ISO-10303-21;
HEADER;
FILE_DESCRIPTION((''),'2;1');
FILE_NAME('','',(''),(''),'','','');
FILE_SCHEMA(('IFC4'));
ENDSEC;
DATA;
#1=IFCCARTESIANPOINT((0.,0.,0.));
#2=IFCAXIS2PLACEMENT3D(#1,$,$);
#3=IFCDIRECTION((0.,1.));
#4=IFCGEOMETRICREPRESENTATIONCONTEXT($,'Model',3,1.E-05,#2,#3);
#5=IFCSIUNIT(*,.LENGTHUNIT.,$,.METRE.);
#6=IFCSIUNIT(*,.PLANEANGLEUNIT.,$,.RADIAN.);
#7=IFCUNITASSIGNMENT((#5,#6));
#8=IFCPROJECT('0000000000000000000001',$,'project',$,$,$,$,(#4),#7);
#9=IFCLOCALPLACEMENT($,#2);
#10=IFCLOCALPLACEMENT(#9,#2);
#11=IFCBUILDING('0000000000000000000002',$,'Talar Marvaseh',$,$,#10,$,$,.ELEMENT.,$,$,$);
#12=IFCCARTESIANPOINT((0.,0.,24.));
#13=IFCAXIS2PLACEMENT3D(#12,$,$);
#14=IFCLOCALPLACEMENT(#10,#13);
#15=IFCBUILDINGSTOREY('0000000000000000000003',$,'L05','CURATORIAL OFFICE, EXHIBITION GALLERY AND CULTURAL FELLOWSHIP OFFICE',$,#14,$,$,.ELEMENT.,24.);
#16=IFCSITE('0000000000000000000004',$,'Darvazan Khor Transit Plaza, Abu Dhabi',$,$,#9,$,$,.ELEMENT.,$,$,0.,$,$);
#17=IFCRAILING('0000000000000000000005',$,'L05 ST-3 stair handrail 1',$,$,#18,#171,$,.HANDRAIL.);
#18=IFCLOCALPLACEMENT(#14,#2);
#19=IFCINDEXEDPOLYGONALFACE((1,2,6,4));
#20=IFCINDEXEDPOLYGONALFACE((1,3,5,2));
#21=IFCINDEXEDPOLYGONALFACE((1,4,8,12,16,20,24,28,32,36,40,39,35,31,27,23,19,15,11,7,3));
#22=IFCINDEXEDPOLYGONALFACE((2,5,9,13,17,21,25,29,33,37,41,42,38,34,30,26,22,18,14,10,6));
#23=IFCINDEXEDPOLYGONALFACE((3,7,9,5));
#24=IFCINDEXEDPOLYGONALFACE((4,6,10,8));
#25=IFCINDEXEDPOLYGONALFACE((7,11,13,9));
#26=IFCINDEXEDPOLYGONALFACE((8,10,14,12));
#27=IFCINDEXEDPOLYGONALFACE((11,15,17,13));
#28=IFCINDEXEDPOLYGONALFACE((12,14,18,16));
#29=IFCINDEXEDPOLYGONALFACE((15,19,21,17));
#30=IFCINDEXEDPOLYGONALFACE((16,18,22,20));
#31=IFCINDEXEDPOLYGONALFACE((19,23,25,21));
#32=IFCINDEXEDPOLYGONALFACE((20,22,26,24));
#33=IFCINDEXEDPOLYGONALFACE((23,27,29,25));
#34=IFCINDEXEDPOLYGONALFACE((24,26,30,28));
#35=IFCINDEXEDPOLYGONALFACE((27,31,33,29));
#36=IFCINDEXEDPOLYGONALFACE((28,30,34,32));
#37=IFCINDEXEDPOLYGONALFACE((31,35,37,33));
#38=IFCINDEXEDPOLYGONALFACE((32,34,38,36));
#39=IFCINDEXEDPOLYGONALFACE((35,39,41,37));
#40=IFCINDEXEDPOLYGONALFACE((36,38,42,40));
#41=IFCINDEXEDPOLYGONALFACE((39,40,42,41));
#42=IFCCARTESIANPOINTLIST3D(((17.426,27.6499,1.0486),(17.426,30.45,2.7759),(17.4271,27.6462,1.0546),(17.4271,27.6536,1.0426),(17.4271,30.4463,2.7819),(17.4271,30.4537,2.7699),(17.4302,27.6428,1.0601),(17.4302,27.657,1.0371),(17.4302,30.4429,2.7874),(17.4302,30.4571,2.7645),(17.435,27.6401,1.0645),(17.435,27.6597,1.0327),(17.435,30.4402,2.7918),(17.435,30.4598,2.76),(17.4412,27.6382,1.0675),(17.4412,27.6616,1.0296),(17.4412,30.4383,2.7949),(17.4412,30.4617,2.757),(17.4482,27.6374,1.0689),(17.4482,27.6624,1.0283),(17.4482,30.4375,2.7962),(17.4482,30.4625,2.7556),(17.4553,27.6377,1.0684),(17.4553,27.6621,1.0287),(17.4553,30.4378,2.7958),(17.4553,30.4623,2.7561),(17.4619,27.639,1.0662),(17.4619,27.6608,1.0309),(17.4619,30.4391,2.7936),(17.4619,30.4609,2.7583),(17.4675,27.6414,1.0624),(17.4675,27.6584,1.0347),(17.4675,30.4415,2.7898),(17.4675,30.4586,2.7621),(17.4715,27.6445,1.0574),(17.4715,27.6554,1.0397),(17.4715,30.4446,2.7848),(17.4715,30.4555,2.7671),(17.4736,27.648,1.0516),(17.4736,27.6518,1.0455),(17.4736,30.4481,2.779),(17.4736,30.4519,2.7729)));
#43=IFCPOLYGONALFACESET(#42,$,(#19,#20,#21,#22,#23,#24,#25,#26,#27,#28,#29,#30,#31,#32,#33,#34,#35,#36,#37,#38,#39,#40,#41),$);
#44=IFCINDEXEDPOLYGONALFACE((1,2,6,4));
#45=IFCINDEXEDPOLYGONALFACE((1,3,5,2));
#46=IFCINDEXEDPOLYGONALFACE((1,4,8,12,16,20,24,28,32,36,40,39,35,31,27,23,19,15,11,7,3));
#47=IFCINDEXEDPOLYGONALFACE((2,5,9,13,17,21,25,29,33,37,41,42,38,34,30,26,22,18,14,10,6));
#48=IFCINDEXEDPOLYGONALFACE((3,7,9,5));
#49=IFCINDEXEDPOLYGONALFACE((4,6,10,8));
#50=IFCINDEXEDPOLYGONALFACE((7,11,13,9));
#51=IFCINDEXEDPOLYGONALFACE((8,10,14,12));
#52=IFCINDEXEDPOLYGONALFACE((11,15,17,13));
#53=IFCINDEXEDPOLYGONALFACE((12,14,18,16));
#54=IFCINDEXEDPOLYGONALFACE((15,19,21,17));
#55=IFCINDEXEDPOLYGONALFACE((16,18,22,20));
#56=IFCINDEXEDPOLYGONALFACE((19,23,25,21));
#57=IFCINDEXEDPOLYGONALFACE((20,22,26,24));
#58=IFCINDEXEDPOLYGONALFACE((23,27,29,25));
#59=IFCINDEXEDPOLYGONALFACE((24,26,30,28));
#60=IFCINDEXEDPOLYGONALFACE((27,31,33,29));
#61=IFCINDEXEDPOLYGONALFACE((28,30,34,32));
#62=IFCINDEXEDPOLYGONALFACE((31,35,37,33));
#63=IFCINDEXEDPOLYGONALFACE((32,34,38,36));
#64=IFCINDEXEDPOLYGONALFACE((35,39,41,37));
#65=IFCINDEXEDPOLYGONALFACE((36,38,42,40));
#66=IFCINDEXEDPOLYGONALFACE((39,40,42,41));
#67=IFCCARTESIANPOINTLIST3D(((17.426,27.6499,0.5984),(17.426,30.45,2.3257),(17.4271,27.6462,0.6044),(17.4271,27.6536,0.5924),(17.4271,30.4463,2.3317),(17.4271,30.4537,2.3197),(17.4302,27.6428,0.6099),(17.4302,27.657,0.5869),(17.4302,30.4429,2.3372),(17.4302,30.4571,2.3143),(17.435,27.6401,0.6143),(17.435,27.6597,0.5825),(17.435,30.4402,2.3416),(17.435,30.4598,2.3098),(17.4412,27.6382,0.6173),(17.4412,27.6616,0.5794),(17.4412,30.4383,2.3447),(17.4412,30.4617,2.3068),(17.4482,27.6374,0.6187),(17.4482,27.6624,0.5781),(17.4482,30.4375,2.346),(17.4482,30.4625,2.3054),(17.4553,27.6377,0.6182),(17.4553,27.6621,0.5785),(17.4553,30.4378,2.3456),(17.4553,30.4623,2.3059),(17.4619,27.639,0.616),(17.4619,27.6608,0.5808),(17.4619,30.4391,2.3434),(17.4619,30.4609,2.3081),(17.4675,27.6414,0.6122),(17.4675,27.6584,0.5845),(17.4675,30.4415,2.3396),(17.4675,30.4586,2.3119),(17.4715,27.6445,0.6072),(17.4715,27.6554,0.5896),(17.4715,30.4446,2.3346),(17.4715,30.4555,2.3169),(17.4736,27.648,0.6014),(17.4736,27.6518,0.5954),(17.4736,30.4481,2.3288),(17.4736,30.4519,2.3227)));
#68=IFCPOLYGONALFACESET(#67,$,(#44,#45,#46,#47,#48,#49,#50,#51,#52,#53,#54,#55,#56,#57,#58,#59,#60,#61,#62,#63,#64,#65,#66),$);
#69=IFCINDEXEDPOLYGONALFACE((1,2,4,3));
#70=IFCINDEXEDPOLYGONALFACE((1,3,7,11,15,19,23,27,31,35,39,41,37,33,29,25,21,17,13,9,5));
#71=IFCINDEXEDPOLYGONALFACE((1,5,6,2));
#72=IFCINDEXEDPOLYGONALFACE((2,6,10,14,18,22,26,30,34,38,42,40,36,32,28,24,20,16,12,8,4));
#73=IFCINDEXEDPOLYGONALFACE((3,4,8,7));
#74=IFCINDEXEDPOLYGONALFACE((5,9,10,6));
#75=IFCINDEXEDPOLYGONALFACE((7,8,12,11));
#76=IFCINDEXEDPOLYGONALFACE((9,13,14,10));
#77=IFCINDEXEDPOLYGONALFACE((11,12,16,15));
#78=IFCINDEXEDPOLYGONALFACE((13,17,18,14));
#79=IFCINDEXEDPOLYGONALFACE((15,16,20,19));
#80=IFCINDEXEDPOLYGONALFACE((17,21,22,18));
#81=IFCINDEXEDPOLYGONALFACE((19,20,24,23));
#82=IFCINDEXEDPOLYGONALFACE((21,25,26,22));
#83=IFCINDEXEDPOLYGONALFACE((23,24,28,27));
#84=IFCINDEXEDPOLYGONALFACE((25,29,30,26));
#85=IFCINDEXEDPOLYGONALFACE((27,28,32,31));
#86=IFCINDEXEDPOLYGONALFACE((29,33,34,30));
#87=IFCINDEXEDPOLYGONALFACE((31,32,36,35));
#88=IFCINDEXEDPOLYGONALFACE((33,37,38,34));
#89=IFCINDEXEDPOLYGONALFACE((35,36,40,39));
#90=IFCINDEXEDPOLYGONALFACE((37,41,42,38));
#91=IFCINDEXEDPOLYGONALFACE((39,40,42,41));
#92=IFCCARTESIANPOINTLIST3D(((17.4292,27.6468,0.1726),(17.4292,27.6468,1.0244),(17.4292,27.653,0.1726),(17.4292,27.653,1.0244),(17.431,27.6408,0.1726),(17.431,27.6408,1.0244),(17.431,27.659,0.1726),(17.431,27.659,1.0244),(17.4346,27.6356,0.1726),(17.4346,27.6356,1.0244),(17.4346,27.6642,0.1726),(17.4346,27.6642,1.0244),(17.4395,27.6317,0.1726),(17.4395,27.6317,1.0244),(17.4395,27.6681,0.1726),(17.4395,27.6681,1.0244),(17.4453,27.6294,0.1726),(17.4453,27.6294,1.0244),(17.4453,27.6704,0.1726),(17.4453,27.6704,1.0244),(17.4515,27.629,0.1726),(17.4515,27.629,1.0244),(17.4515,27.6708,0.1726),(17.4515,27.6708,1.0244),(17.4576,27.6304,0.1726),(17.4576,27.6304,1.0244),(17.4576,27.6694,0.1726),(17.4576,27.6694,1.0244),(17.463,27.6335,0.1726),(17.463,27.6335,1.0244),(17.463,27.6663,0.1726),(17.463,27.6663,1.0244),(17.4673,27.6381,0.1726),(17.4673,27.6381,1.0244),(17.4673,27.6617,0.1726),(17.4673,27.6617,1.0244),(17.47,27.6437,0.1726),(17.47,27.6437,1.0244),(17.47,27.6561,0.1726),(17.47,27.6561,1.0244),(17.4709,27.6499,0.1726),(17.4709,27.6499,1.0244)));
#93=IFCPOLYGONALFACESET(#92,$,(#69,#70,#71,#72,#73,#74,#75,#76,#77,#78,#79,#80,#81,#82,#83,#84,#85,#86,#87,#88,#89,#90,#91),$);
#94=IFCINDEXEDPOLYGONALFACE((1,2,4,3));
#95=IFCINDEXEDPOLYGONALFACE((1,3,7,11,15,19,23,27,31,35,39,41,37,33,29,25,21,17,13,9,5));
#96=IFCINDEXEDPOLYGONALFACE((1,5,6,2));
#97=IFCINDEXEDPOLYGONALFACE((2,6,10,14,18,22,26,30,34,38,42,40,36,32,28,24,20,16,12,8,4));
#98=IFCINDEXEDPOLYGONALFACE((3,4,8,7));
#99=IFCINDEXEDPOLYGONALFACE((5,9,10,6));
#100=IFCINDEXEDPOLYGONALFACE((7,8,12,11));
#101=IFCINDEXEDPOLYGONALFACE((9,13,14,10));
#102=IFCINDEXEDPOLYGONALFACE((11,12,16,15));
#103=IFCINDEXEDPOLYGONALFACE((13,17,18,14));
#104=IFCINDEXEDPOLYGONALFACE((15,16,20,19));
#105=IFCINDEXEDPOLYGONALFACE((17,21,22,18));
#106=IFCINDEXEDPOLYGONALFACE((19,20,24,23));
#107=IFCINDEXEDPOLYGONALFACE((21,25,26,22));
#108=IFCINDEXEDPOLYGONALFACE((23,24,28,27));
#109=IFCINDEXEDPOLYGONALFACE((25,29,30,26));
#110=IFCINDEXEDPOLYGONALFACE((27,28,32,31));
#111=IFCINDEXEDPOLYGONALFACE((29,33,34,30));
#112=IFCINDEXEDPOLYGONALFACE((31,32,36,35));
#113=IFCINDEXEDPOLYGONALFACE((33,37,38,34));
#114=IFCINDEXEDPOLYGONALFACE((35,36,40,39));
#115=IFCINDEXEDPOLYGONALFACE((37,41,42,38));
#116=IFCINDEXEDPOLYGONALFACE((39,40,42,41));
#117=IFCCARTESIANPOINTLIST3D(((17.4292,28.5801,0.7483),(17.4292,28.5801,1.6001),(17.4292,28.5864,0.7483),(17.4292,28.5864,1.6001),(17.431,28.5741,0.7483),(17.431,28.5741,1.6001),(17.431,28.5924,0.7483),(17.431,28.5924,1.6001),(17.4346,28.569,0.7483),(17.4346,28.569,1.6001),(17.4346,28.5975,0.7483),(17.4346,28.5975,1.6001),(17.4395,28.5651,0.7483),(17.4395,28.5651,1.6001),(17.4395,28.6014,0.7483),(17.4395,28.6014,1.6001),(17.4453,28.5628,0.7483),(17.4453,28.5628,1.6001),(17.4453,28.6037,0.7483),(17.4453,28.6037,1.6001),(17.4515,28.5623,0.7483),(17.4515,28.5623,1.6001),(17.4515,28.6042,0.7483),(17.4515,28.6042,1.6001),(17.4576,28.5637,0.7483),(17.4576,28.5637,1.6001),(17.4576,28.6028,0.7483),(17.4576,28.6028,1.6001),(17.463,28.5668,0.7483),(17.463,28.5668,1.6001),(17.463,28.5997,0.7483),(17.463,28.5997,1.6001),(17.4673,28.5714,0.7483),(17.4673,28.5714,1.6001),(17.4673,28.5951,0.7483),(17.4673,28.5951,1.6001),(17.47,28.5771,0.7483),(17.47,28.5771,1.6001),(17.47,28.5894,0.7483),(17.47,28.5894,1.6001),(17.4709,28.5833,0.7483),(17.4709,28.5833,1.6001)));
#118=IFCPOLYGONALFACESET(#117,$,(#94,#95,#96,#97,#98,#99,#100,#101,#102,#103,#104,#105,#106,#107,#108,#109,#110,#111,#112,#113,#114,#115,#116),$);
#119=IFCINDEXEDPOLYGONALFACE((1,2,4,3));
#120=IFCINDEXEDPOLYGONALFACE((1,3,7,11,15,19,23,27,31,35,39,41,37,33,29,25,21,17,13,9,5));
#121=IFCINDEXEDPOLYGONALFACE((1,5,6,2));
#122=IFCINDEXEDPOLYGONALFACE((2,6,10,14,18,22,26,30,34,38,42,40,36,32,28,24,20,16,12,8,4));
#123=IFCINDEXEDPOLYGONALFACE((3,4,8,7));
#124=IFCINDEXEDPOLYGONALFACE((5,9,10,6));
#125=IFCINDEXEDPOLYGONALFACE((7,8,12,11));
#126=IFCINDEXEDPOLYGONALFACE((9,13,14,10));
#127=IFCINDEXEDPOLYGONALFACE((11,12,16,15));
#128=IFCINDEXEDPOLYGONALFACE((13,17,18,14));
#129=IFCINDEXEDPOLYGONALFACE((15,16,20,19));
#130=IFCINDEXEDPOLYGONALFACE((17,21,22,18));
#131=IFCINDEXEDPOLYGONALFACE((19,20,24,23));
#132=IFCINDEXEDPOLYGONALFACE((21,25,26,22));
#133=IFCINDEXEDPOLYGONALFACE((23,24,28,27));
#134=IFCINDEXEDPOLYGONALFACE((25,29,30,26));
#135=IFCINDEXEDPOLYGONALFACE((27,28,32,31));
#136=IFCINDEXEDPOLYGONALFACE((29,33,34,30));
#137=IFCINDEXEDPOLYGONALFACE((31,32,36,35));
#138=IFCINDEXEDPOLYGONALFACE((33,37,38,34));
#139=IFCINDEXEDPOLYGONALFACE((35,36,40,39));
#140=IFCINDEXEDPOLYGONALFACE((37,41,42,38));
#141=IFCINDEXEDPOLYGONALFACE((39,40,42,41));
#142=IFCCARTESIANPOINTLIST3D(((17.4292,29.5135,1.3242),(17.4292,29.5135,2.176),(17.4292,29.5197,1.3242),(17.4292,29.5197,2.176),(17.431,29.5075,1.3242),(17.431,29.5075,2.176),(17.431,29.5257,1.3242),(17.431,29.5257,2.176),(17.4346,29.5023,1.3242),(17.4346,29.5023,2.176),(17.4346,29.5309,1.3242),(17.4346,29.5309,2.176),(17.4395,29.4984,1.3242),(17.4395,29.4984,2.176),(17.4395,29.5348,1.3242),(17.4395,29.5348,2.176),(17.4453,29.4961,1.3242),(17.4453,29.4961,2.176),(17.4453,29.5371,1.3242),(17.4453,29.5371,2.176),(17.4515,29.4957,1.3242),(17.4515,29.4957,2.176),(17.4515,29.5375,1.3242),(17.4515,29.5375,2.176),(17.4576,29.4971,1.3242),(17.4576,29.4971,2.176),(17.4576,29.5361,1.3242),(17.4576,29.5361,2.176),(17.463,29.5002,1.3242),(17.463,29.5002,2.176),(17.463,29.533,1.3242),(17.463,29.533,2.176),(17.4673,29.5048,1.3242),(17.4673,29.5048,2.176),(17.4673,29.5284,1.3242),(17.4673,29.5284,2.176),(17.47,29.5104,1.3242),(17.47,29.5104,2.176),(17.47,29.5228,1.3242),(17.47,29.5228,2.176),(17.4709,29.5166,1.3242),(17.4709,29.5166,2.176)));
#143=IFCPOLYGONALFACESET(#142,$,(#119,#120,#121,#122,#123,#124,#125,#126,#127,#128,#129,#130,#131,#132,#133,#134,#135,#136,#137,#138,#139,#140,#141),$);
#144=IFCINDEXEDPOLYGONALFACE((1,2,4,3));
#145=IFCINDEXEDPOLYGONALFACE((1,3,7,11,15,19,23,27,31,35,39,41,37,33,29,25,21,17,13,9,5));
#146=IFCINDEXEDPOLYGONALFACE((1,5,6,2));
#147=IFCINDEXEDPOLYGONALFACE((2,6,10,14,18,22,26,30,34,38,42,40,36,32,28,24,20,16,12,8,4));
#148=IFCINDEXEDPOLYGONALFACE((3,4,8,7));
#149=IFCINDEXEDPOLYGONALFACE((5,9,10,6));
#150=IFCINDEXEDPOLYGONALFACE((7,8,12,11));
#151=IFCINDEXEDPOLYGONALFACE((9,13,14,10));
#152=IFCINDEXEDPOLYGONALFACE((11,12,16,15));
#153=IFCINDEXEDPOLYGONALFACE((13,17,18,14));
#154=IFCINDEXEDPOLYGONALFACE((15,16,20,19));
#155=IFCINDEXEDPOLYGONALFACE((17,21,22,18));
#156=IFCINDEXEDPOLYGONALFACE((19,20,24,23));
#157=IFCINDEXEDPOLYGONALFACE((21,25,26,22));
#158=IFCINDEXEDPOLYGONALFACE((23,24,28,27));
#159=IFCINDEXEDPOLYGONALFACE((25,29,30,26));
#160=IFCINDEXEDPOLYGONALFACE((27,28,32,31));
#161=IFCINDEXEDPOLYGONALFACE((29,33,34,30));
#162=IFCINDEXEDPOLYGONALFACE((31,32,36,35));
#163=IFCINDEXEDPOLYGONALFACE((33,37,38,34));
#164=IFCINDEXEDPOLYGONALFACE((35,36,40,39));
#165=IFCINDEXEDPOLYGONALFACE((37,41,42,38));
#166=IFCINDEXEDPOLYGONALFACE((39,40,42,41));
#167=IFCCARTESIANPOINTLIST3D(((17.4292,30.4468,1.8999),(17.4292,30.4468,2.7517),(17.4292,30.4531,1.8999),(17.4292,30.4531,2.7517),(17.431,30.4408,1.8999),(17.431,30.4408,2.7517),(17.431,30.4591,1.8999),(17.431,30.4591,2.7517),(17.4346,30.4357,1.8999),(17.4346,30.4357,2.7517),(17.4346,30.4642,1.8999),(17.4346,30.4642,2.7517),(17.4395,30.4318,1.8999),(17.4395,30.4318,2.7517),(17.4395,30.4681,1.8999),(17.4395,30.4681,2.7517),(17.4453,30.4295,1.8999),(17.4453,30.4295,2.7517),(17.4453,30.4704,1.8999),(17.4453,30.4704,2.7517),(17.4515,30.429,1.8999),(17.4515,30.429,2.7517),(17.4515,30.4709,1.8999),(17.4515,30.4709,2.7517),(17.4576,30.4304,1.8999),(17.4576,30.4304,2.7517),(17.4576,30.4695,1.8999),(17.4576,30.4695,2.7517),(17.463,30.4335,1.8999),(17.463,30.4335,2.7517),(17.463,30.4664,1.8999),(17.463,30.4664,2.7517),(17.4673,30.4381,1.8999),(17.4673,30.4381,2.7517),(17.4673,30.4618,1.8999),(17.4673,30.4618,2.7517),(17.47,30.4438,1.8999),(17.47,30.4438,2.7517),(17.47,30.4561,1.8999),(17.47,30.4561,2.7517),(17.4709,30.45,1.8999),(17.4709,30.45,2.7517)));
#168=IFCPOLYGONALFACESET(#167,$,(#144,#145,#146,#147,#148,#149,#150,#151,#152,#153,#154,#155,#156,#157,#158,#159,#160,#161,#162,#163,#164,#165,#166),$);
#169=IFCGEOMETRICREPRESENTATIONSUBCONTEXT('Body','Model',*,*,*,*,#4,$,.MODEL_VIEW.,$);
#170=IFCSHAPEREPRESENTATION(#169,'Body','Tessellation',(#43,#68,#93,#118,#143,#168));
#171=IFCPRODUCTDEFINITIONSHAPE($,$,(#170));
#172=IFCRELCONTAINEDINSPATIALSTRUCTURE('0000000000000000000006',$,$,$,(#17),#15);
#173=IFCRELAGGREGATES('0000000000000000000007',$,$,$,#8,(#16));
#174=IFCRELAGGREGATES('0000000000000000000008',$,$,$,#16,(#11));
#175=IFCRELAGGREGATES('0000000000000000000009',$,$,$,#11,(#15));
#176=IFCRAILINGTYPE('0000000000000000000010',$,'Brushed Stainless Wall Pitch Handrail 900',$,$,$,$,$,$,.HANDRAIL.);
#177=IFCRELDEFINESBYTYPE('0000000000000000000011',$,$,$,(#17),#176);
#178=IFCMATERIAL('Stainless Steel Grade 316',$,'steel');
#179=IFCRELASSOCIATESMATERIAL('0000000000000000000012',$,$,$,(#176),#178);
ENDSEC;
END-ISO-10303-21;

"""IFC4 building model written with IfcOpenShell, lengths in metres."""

from ifc_helpers import new_model, si_unit, direction, frame, origin, origin_2d, place, context, subcontext, project, spatial, circle, extrude, material, type_object, element, save


model = new_model("IFC4")

# Units and contexts
model_context = context("Model", 3, precision=1e-05, world=origin(), true_north=direction((0.0, 1.0)))
body_context = subcontext(model_context, "Body", "Model", "MODEL_VIEW")
ifc_project = project(units=[si_unit("LENGTHUNIT", "METRE"), si_unit("PLANEANGLEUNIT", "RADIAN")], contexts=[model_context])

# Site, building, storey
site_placement = place(None, origin())
site = spatial("IfcSite", under=ifc_project, at=site_placement, Name="Darvazan Khor Transit Plaza, Abu Dhabi", CompositionType="ELEMENT", RefElevation=0.0)
building_placement = place(site_placement, origin())
building = spatial("IfcBuilding", under=site, at=building_placement, Name="Talar Marvaseh", CompositionType="ELEMENT")
storey_placement = place(building_placement, frame((0.0, 0.0, 24.0)))
storey = spatial("IfcBuildingStorey", under=building, at=storey_placement, Name="L05", Description="CURATORIAL OFFICE, EXHIBITION GALLERY AND CULTURAL FELLOWSHIP OFFICE", CompositionType="ELEMENT", Elevation=24.0)

# Railing
ifc_material_1 = material(Name="Stainless Steel Grade 316", Category="steel")
railing_type_1 = type_object("IfcRailingType", Name="Brushed Stainless Wall Pitch Handrail 900", PredefinedType="HANDRAIL", material=ifc_material_1)
railing_1_placement = place(storey_placement, frame((17.45, 27.6499, 0.1726)))
element("IfcRailing", 1, at=railing_1_placement, inside=storey, type_object=railing_type_1, Name="L05 ST-3 stair handrail 1", PredefinedType="HANDRAIL", context=body_context, shape_type="SweptSolid", body=[
    extrude(circle(Radius=0.0239, at=origin_2d()), frame((0.0, 0.0, 0.876), z_axis=(0.0, 0.85109, 0.52502), x_axis=(-1.0, 0.0, 0.0)), (0.0, 0.0, 1.0), 3.29),
    extrude(circle(Radius=0.0239, at=origin_2d()), frame((0.0, 0.0, 0.4258), z_axis=(0.0, 0.85109, 0.52502), x_axis=(-1.0, 0.0, 0.0)), (0.0, 0.0, 1.0), 3.29),
    extrude(circle(Radius=0.021, at=origin_2d()), origin(), (0.0, 0.0, 1.0), 0.8518),
    extrude(circle(Radius=0.021, at=origin_2d()), frame((0.0, 0.9333, 0.5757)), (0.0, 0.0, 1.0), 0.8518),
    extrude(circle(Radius=0.021, at=origin_2d()), frame((0.0, 1.8667, 1.1516)), (0.0, 0.0, 1.0), 0.8518),
    extrude(circle(Radius=0.021, at=origin_2d()), frame((0.0, 2.8, 1.7273)), (0.0, 0.0, 1.0), 0.8518),
])

save(model, "model.ifc")
